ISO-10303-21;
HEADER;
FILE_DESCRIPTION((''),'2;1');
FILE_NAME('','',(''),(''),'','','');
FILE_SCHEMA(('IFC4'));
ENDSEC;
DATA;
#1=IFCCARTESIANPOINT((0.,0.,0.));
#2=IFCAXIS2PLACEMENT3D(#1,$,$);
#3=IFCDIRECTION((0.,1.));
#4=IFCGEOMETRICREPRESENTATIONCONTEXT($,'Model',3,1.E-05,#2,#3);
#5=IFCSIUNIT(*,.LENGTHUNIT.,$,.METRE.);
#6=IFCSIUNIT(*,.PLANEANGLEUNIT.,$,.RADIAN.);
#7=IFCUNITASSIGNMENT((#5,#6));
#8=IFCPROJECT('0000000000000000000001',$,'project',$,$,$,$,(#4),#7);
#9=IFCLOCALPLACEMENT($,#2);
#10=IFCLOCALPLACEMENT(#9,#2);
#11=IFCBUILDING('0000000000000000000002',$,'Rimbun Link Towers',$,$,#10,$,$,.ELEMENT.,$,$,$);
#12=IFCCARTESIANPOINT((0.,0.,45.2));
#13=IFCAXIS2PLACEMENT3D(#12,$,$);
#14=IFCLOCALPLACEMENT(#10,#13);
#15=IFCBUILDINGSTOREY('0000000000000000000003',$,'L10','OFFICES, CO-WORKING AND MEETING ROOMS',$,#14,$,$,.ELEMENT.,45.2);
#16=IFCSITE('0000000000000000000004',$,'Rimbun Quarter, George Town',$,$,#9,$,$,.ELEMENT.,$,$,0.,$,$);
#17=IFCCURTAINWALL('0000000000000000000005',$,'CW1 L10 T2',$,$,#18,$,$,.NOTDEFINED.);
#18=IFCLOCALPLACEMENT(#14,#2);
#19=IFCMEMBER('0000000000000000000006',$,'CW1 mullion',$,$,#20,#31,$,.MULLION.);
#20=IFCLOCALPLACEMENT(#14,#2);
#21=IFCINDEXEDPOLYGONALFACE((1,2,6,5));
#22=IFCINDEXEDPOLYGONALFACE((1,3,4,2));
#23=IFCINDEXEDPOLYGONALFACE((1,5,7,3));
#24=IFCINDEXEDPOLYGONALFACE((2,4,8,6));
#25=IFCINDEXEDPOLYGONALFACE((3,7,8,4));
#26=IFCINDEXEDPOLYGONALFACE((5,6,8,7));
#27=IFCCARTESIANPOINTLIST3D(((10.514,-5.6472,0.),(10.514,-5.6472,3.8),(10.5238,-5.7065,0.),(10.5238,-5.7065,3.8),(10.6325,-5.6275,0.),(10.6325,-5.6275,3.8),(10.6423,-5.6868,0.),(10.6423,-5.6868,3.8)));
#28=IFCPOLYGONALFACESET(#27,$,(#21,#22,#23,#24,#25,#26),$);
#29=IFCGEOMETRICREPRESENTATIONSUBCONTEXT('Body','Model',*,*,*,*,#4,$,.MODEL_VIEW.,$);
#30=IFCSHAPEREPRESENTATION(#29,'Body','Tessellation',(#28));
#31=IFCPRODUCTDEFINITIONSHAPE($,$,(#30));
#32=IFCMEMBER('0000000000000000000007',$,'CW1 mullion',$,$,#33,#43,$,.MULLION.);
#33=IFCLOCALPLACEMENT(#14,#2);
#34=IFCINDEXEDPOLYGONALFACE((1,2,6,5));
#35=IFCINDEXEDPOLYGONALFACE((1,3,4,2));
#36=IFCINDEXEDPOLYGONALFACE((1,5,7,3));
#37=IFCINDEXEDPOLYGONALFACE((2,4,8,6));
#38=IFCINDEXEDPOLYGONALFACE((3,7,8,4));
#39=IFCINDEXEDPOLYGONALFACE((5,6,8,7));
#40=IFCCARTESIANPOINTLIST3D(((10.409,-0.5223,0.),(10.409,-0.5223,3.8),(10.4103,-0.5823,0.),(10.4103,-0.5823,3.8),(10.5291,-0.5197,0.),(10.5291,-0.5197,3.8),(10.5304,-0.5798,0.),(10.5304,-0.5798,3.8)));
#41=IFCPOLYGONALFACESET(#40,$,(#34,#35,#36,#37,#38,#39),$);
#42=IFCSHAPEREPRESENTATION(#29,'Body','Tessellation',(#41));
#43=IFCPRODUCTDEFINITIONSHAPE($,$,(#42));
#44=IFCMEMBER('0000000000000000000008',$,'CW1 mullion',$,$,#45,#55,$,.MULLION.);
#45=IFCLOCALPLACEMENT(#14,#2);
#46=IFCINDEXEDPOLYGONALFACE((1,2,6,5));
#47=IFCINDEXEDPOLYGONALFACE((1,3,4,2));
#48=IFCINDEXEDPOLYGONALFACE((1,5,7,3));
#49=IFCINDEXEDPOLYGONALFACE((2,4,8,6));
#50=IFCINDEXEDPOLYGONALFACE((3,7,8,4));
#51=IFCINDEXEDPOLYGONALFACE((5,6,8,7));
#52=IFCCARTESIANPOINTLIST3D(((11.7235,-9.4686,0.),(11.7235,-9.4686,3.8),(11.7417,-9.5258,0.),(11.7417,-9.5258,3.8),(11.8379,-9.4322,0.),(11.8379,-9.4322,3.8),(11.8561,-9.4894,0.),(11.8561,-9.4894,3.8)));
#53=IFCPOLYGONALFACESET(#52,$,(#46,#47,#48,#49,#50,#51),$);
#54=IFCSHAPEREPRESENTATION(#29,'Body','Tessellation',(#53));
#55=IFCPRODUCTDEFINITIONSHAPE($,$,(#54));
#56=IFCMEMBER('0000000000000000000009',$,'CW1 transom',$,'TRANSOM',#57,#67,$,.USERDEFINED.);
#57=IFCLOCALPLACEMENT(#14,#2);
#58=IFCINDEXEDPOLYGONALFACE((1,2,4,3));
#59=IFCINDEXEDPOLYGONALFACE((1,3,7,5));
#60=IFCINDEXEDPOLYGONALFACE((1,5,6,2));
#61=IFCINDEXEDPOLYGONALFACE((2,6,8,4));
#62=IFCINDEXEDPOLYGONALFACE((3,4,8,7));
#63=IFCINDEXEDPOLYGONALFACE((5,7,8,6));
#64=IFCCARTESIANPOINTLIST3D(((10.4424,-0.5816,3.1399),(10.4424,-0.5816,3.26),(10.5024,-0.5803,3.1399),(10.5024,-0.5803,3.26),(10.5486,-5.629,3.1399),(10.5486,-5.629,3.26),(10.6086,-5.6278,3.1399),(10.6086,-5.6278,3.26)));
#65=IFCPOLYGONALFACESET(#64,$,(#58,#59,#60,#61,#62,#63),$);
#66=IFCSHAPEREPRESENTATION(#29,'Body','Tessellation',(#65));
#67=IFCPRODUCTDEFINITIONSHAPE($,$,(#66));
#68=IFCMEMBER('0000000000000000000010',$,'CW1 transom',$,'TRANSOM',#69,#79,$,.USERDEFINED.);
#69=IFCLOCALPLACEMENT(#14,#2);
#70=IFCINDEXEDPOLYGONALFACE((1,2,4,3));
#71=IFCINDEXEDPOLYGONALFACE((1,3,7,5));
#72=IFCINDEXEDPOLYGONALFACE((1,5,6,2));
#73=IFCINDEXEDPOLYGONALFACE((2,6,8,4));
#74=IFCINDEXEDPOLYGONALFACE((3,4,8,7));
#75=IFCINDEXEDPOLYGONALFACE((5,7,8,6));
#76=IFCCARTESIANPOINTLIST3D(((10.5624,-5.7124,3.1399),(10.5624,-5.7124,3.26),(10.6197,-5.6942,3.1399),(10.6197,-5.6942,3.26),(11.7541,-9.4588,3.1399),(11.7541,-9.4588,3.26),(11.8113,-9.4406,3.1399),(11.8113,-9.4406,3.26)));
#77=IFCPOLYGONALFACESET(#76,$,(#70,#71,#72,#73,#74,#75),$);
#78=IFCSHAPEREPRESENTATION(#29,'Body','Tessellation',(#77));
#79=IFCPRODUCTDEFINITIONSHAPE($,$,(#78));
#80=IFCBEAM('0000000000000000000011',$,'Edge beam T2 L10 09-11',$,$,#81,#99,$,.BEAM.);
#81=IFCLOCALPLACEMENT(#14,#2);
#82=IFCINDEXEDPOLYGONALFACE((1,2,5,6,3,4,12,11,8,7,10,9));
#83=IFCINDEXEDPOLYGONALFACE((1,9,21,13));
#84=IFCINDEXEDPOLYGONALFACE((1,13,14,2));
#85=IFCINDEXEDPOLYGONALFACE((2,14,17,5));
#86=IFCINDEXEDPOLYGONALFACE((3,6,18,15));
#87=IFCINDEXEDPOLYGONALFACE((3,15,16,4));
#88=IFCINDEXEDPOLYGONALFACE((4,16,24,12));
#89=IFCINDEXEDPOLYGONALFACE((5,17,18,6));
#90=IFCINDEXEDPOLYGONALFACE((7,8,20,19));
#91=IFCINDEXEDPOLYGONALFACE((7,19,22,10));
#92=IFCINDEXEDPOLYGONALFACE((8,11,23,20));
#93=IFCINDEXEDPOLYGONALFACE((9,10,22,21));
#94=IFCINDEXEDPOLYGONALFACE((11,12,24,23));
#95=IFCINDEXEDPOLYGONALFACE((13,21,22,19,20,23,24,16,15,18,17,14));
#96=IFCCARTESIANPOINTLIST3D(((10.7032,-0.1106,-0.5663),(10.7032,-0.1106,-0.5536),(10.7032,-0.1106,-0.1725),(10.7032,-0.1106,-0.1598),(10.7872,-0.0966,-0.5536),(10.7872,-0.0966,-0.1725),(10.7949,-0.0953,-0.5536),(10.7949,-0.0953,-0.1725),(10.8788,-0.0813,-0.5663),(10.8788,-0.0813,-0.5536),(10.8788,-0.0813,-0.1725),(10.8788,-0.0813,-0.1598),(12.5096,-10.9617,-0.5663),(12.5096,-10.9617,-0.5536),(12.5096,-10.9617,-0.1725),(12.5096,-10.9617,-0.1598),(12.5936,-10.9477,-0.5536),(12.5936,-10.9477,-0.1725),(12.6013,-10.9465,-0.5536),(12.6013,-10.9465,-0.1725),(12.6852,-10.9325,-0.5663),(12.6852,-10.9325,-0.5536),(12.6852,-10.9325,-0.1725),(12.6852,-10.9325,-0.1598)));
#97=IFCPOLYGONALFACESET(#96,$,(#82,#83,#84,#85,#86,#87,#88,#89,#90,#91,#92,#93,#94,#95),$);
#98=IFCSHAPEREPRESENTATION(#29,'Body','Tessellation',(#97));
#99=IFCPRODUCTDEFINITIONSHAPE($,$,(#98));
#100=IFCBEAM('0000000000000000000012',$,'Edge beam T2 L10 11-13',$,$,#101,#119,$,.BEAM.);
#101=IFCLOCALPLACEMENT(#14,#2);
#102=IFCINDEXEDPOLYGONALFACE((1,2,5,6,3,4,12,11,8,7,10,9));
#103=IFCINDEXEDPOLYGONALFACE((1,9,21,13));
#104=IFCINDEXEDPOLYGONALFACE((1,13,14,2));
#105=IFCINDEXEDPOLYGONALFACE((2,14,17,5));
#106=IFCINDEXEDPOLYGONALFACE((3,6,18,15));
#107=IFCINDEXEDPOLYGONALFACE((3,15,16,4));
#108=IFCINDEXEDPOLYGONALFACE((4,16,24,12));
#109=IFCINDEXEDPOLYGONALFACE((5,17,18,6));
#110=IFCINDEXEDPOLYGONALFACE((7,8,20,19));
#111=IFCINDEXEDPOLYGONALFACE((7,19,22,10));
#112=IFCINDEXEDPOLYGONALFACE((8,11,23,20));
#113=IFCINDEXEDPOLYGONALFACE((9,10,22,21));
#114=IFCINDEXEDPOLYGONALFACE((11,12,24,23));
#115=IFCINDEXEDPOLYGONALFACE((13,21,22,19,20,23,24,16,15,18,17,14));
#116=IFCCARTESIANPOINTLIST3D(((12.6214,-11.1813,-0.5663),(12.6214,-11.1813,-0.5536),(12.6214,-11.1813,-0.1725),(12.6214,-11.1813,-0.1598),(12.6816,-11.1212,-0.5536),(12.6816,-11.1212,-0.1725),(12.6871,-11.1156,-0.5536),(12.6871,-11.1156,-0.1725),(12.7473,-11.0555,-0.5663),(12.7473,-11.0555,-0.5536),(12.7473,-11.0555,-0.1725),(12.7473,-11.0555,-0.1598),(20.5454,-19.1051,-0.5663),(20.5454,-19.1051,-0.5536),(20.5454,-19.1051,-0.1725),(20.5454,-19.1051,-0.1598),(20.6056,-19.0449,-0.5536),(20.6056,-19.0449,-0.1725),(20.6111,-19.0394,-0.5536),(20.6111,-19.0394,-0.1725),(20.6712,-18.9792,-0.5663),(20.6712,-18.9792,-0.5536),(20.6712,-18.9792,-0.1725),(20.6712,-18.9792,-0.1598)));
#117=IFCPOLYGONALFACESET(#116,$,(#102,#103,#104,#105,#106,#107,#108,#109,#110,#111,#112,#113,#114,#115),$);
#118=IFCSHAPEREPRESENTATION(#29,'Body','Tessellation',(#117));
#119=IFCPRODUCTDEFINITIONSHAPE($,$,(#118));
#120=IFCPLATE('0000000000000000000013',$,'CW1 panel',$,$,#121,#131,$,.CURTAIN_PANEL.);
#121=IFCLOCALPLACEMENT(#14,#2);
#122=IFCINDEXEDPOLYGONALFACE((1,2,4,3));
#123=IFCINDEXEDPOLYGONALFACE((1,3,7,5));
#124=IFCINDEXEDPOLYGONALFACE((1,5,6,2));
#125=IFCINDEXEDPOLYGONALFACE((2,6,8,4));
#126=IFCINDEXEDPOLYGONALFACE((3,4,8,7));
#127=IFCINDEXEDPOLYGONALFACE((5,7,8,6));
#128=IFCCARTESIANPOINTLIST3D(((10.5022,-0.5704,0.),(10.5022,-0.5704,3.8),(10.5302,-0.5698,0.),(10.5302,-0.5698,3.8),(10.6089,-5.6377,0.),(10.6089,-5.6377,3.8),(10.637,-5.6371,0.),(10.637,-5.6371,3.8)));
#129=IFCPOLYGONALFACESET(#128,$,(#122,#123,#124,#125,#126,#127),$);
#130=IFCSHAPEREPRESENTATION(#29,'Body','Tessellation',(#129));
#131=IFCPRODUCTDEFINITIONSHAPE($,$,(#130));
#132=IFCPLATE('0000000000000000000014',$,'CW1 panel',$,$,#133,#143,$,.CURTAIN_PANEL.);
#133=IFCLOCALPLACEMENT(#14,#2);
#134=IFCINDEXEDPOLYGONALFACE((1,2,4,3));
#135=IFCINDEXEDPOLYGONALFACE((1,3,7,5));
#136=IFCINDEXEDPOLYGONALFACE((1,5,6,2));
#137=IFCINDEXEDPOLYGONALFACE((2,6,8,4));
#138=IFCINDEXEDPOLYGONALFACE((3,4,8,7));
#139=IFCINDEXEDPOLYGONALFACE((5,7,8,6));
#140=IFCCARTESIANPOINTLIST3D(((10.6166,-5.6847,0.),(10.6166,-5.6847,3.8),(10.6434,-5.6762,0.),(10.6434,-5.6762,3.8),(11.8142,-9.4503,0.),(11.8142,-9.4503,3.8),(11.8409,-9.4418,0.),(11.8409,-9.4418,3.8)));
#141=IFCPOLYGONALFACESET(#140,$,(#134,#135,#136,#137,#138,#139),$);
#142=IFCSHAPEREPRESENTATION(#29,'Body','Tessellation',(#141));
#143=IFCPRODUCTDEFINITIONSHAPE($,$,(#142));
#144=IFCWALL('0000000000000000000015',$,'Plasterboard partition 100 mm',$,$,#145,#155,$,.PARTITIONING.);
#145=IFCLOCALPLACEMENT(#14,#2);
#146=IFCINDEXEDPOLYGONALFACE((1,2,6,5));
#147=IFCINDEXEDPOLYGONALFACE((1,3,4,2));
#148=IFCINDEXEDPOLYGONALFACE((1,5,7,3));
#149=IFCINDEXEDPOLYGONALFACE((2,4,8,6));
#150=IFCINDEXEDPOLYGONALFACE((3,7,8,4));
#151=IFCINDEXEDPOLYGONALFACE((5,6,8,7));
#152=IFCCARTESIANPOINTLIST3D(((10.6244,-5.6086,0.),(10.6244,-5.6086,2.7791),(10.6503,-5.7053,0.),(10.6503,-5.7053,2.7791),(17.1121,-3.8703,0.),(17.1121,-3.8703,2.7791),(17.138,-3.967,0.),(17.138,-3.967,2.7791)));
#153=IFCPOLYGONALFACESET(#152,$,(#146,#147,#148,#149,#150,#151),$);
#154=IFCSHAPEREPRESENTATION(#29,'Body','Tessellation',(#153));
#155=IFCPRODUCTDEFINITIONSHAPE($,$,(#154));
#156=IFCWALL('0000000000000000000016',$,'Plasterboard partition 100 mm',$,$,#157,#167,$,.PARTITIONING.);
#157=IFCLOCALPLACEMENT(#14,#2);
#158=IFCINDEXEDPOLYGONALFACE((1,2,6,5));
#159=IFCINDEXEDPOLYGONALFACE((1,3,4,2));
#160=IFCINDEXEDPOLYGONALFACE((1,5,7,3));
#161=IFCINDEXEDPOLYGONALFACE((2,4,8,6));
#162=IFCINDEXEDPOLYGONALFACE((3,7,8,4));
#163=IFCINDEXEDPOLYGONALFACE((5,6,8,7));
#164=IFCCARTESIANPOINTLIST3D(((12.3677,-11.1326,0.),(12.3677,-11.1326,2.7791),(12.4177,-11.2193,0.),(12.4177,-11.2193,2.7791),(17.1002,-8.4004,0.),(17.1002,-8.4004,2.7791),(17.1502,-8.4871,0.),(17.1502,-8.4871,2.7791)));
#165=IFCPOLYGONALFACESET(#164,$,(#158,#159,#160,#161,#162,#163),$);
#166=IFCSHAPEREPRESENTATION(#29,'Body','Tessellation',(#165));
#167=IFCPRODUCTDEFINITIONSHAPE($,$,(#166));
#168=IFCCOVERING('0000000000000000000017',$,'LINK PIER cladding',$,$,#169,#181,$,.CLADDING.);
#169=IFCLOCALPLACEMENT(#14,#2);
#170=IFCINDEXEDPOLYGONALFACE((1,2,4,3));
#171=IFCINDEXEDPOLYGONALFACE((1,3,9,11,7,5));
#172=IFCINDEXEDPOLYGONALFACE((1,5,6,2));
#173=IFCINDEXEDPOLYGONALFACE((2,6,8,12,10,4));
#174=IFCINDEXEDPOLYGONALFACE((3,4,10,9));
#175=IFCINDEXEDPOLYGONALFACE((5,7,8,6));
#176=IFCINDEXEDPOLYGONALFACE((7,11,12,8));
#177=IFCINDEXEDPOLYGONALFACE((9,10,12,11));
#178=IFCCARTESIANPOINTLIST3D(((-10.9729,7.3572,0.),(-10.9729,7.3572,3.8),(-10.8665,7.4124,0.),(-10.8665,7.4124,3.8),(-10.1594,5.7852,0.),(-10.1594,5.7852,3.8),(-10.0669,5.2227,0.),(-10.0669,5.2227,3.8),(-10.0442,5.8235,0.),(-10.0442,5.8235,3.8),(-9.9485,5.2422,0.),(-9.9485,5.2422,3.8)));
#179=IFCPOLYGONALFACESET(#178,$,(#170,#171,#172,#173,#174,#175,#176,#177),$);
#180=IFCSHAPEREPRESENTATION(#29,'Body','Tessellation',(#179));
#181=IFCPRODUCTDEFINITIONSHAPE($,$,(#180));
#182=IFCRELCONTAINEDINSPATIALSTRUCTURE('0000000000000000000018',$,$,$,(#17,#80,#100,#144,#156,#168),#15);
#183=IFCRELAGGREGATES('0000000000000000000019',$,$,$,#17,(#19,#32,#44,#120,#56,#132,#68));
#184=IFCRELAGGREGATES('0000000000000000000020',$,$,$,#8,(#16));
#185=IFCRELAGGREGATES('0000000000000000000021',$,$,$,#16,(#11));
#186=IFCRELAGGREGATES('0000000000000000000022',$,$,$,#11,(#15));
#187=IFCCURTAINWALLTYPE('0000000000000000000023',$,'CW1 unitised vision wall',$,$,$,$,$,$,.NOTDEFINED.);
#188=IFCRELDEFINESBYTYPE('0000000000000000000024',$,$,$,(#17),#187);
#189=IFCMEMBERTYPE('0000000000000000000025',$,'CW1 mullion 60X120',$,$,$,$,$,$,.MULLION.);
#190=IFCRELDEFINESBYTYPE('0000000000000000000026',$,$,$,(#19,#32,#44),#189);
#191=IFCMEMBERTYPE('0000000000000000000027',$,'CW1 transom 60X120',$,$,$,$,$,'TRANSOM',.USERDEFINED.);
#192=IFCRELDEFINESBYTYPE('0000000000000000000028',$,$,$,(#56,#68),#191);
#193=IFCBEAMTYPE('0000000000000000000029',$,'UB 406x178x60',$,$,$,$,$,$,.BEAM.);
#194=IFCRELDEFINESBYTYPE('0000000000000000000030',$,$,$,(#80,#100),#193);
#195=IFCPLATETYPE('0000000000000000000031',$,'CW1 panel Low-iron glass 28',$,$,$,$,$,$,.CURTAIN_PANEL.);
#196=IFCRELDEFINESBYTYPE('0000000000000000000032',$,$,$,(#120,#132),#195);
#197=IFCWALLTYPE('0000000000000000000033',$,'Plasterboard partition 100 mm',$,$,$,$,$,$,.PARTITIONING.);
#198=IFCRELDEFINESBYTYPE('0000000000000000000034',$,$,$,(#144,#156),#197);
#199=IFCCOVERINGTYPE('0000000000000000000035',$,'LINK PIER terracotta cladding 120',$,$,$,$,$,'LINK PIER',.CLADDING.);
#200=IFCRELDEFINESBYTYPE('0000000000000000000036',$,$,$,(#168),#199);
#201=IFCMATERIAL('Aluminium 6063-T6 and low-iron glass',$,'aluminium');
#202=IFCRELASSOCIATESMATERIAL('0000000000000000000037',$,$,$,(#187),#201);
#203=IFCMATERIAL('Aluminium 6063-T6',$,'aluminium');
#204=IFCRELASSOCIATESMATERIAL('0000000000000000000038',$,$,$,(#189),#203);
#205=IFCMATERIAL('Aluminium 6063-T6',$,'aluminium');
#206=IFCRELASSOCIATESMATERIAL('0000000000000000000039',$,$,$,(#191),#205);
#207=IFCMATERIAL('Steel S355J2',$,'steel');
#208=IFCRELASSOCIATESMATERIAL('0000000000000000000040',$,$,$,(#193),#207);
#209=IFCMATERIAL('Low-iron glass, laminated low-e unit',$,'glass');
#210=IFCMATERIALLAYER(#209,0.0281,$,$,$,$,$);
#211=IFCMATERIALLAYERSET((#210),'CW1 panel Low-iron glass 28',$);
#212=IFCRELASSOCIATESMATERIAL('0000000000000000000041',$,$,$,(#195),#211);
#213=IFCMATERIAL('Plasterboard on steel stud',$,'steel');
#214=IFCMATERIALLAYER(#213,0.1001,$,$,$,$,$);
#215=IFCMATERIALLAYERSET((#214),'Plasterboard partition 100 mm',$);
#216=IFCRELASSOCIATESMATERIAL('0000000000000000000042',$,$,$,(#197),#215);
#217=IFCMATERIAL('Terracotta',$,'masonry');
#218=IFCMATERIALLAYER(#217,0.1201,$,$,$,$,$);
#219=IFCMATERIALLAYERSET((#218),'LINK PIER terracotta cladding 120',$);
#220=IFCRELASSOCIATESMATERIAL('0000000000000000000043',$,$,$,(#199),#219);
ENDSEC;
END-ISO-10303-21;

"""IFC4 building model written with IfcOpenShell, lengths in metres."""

from ifc_helpers import new_model, si_unit, direction, frame, frame_2d, origin, origin_2d, place, context, subcontext, project, spatial, polyline, rectangle, i_section, outline, extrude, material, layer, layer_set, material_profile, profile_set, type_object, element, aggregate, save


model = new_model("IFC4")

# Units and contexts
model_context = context("Model", 3, precision=1e-05, world=origin(), true_north=direction((0.0, 1.0)))
body_context = subcontext(model_context, "Body", "Model", "MODEL_VIEW")
ifc_project = project(units=[si_unit("LENGTHUNIT", "METRE"), si_unit("PLANEANGLEUNIT", "RADIAN")], contexts=[model_context])

# Site, building, storey
site_placement = place(None, origin())
site = spatial("IfcSite", under=ifc_project, at=site_placement, Name="Rimbun Quarter, George Town", CompositionType="ELEMENT", RefElevation=0.0)
building_placement = place(site_placement, origin())
building = spatial("IfcBuilding", under=site, at=building_placement, Name="Rimbun Link Towers", CompositionType="ELEMENT")
storey_placement = place(building_placement, frame((0.0, 0.0, 45.2)))
storey = spatial("IfcBuildingStorey", under=building, at=storey_placement, Name="L10", Description="OFFICES, CO-WORKING AND MEETING ROOMS", CompositionType="ELEMENT", Elevation=45.2)

# Curtain wall, members
ifc_material_1 = material(Name="Aluminium 6063-T6 and low-iron glass", Category="aluminium")
curtain_wall_type = type_object("IfcCurtainWallType", Name="CW1 unitised vision wall", PredefinedType="NOTDEFINED", material=ifc_material_1)
curtain_wall_placement = place(storey_placement, origin())
curtain_wall = element("IfcCurtainWall", 1, at=curtain_wall_placement, inside=storey, type_object=curtain_wall_type, Name="CW1 L10 T2", PredefinedType="NOTDEFINED")
ifc_material_2 = material(Name="Aluminium 6063-T6", Category="aluminium")
ifc_material_profile_1 = material_profile(ifc_material_2, rectangle(XDim=0.1201, YDim=0.0601, at=origin_2d()), Name="MULLION 60X120")
ifc_profile_set_1 = profile_set([ifc_material_profile_1], Name="Aluminium 6063-T6")
member_type_1 = type_object("IfcMemberType", Name="CW1 mullion 60X120", PredefinedType="MULLION", material=ifc_profile_set_1)
member_1_placement = place(storey_placement, frame((10.5781, -5.667, 0.0), z_axis=(0.0, 0.0, 1.0), x_axis=(-0.986502, -0.16375, 0.0)))
member_1 = element("IfcMember", 2, at=member_1_placement, type_object=member_type_1, Name="CW1 mullion", PredefinedType="MULLION", context=body_context, shape_type="SweptSolid", body=[
    extrude(rectangle(XDim=0.1201, YDim=0.0601, at=origin_2d()), origin(), (0.0, 0.0, 1.0), 3.8),
])
member_2_placement = place(storey_placement, frame((10.4697, -0.551, 0.0), z_axis=(0.0, 0.0, 1.0), x_axis=(-0.999778, -0.021066, 0.0)))
member_2 = element("IfcMember", 3, at=member_2_placement, type_object=member_type_1, Name="CW1 mullion", PredefinedType="MULLION", context=body_context, shape_type="SweptSolid", body=[
    extrude(rectangle(XDim=0.1201, YDim=0.0601, at=origin_2d()), origin(), (0.0, 0.0, 1.0), 3.8),
])
member_3_placement = place(storey_placement, frame((11.7898, -9.479, 0.0), z_axis=(0.0, 0.0, 1.0), x_axis=(-0.952968, -0.303071, 0.0)))
member_3 = element("IfcMember", 4, at=member_3_placement, type_object=member_type_1, Name="CW1 mullion", PredefinedType="MULLION", context=body_context, shape_type="SweptSolid", body=[
    extrude(rectangle(XDim=0.1201, YDim=0.0601, at=origin_2d()), origin(), (0.0, 0.0, 1.0), 3.8),
])
ifc_material_3 = material(Name="Aluminium 6063-T6", Category="aluminium")
ifc_material_profile_2 = material_profile(ifc_material_3, rectangle(XDim=0.0601, YDim=0.1201, at=origin_2d()), Name="TRANSOM 60X120")
ifc_profile_set_2 = profile_set([ifc_material_profile_2], Name="Aluminium 6063-T6")
member_type_2 = type_object("IfcMemberType", Name="CW1 transom 60X120", ElementType="TRANSOM", PredefinedType="USERDEFINED", material=ifc_profile_set_2)
member_4_placement = place(storey_placement, frame((10.5786, -5.6284, 3.2), z_axis=(-0.021036, 0.999779, 0.0), x_axis=(-0.999779, -0.021036, 0.0)))
member_4 = element("IfcMember", 5, at=member_4_placement, type_object=member_type_2, Name="CW1 transom", ObjectType="TRANSOM", PredefinedType="USERDEFINED", context=body_context, shape_type="SweptSolid", body=[
    extrude(rectangle(XDim=0.0601, YDim=0.1201, at=origin_2d()), origin(), (0.0, 0.0, 1.0), 5.0486),
])
member_5_placement = place(storey_placement, frame((11.7827, -9.4497, 3.2), z_axis=(-0.303119, 0.952953, 0.0), x_axis=(-0.952953, -0.303119, 0.0)))
member_5 = element("IfcMember", 6, at=member_5_placement, type_object=member_type_2, Name="CW1 transom", ObjectType="TRANSOM", PredefinedType="USERDEFINED", context=body_context, shape_type="SweptSolid", body=[
    extrude(rectangle(XDim=0.0601, YDim=0.1201, at=origin_2d()), origin(), (0.0, 0.0, 1.0), 3.9314),
])

# Beams
ifc_material_4 = material(Name="Steel S355J2", Category="steel")
ifc_material_profile_3 = material_profile(ifc_material_4, i_section(OverallWidth=0.178, OverallDepth=0.4065, WebThickness=0.0078, FlangeThickness=0.0127, at=origin_2d()), Name="UB 406x178x60")
ifc_profile_set_3 = profile_set([ifc_material_profile_3], Name="Steel S355J2")
beam_type = type_object("IfcBeamType", Name="UB 406x178x60", PredefinedType="BEAM", material=ifc_profile_set_3)
beam_1_placement = place(storey_placement, frame((10.791, -0.0959, -0.363), z_axis=(0.164212, -0.986425, 0.0), x_axis=(0.986425, 0.164212, 0.0)))
element("IfcBeam", 7, at=beam_1_placement, inside=storey, type_object=beam_type, Name="Edge beam T2 L10 09-11", PredefinedType="BEAM", context=body_context, shape_type="SweptSolid", body=[
    extrude(i_section(OverallWidth=0.178, OverallDepth=0.4065, WebThickness=0.0078, FlangeThickness=0.0127, at=origin_2d()), origin(), (0.0, 0.0, 1.0), 11.0005),
])
beam_2_placement = place(storey_placement, frame((12.6843, -11.1184, -0.363), z_axis=(0.707118, -0.707096, 0.0), x_axis=(0.707096, 0.707118, 0.0)))
element("IfcBeam", 8, at=beam_2_placement, inside=storey, type_object=beam_type, Name="Edge beam T2 L10 11-13", PredefinedType="BEAM", context=body_context, shape_type="SweptSolid", body=[
    extrude(i_section(OverallWidth=0.178, OverallDepth=0.4065, WebThickness=0.0078, FlangeThickness=0.0127, at=origin_2d()), origin(), (0.0, 0.0, 1.0), 11.2061),
])

# Plates
ifc_material_5 = material(Name="Low-iron glass, laminated low-e unit", Category="glass")
ifc_layer_1 = layer(ifc_material_5, 0.0281)
ifc_layer_set_1 = layer_set([ifc_layer_1], Name="CW1 panel Low-iron glass 28")
plate_type = type_object("IfcPlateType", Name="CW1 panel Low-iron glass 28", PredefinedType="CURTAIN_PANEL", material=ifc_layer_set_1)
plate_1_placement = place(storey_placement, frame((10.5696, -3.1038, 0.0), z_axis=(0.0, 0.0, 1.0), x_axis=(-0.021066, 0.999778, 0.0)))
plate_1 = element("IfcPlate", 9, at=plate_1_placement, type_object=plate_type, Name="CW1 panel", PredefinedType="CURTAIN_PANEL", context=body_context, shape_type="SweptSolid", body=[
    extrude(rectangle(XDim=5.0684, YDim=0.0281, at=origin_2d()), origin(), (0.0, 0.0, 1.0), 3.8),
])
plate_2_placement = place(storey_placement, frame((11.2288, -7.5632, 0.0), z_axis=(0.0, 0.0, 1.0), x_axis=(-0.303071, 0.952968, 0.0)))
plate_2 = element("IfcPlate", 10, at=plate_2_placement, type_object=plate_type, Name="CW1 panel", PredefinedType="CURTAIN_PANEL", context=body_context, shape_type="SweptSolid", body=[
    extrude(rectangle(XDim=3.9514, YDim=0.0281, at=origin_2d()), origin(), (0.0, 0.0, 1.0), 3.8),
])
aggregate(curtain_wall, [member_1, member_2, member_3, plate_1, member_4, plate_2, member_5])

# Walls
ifc_material_6 = material(Name="Plasterboard on steel stud", Category="steel")
ifc_layer_2 = layer(ifc_material_6, 0.1001)
ifc_layer_set_2 = layer_set([ifc_layer_2], Name="Plasterboard partition 100 mm")
wall_type = type_object("IfcWallType", Name="Plasterboard partition 100 mm", PredefinedType="PARTITIONING", material=ifc_layer_set_2)
wall_1_placement = place(storey_placement, frame((10.6372, -5.657, 0.0), z_axis=(0.0, 0.0, 1.0), x_axis=(0.96593, 0.258803, 0.0)))
element("IfcWall", 11, at=wall_1_placement, inside=storey, type_object=wall_type, Name="Plasterboard partition 100 mm", PredefinedType="PARTITIONING", context=body_context, shape_type="SweptSolid", body=[
    extrude(rectangle(XDim=6.7166, YDim=0.1001, at=frame_2d((3.3584, 0.0))), origin(), (0.0, 0.0, 1.0), 2.7791),
])
wall_2_placement = place(storey_placement, frame((12.3926, -11.176, 0.0), z_axis=(0.0, 0.0, 1.0), x_axis=(0.866032, 0.499988, 0.0)))
element("IfcWall", 12, at=wall_2_placement, inside=storey, type_object=wall_type, Name="Plasterboard partition 100 mm", PredefinedType="PARTITIONING", context=body_context, shape_type="SweptSolid", body=[
    extrude(rectangle(XDim=5.4646, YDim=0.1001, at=frame_2d((2.7324, 0.0))), origin(), (0.0, 0.0, 1.0), 2.7791),
])

# Covering
ifc_material_7 = material(Name="Terracotta", Category="masonry")
ifc_layer_3 = layer(ifc_material_7, 0.1201)
ifc_layer_set_3 = layer_set([ifc_layer_3], Name="LINK PIER terracotta cladding 120")
covering_type_1 = type_object("IfcCoveringType", Name="LINK PIER terracotta cladding 120", ElementType="LINK PIER", PredefinedType="CLADDING", material=ifc_layer_set_3)
covering_1_placement = place(storey_placement, origin())
element("IfcCovering", 13, at=covering_1_placement, inside=storey, type_object=covering_type_1, Name="LINK PIER cladding", PredefinedType="CLADDING", context=body_context, shape_type="SweptSolid", body=[
    extrude(outline(polyline([(-10.9729, 7.3572), (-10.1594, 5.7852), (-10.0669, 5.2227), (-9.9485, 5.2422), (-10.0442, 5.8235), (-10.8665, 7.4124), (-10.9729, 7.3572)])), origin(), (0.0, 0.0, 1.0), 3.8),
])

save(model, "model.ifc")
